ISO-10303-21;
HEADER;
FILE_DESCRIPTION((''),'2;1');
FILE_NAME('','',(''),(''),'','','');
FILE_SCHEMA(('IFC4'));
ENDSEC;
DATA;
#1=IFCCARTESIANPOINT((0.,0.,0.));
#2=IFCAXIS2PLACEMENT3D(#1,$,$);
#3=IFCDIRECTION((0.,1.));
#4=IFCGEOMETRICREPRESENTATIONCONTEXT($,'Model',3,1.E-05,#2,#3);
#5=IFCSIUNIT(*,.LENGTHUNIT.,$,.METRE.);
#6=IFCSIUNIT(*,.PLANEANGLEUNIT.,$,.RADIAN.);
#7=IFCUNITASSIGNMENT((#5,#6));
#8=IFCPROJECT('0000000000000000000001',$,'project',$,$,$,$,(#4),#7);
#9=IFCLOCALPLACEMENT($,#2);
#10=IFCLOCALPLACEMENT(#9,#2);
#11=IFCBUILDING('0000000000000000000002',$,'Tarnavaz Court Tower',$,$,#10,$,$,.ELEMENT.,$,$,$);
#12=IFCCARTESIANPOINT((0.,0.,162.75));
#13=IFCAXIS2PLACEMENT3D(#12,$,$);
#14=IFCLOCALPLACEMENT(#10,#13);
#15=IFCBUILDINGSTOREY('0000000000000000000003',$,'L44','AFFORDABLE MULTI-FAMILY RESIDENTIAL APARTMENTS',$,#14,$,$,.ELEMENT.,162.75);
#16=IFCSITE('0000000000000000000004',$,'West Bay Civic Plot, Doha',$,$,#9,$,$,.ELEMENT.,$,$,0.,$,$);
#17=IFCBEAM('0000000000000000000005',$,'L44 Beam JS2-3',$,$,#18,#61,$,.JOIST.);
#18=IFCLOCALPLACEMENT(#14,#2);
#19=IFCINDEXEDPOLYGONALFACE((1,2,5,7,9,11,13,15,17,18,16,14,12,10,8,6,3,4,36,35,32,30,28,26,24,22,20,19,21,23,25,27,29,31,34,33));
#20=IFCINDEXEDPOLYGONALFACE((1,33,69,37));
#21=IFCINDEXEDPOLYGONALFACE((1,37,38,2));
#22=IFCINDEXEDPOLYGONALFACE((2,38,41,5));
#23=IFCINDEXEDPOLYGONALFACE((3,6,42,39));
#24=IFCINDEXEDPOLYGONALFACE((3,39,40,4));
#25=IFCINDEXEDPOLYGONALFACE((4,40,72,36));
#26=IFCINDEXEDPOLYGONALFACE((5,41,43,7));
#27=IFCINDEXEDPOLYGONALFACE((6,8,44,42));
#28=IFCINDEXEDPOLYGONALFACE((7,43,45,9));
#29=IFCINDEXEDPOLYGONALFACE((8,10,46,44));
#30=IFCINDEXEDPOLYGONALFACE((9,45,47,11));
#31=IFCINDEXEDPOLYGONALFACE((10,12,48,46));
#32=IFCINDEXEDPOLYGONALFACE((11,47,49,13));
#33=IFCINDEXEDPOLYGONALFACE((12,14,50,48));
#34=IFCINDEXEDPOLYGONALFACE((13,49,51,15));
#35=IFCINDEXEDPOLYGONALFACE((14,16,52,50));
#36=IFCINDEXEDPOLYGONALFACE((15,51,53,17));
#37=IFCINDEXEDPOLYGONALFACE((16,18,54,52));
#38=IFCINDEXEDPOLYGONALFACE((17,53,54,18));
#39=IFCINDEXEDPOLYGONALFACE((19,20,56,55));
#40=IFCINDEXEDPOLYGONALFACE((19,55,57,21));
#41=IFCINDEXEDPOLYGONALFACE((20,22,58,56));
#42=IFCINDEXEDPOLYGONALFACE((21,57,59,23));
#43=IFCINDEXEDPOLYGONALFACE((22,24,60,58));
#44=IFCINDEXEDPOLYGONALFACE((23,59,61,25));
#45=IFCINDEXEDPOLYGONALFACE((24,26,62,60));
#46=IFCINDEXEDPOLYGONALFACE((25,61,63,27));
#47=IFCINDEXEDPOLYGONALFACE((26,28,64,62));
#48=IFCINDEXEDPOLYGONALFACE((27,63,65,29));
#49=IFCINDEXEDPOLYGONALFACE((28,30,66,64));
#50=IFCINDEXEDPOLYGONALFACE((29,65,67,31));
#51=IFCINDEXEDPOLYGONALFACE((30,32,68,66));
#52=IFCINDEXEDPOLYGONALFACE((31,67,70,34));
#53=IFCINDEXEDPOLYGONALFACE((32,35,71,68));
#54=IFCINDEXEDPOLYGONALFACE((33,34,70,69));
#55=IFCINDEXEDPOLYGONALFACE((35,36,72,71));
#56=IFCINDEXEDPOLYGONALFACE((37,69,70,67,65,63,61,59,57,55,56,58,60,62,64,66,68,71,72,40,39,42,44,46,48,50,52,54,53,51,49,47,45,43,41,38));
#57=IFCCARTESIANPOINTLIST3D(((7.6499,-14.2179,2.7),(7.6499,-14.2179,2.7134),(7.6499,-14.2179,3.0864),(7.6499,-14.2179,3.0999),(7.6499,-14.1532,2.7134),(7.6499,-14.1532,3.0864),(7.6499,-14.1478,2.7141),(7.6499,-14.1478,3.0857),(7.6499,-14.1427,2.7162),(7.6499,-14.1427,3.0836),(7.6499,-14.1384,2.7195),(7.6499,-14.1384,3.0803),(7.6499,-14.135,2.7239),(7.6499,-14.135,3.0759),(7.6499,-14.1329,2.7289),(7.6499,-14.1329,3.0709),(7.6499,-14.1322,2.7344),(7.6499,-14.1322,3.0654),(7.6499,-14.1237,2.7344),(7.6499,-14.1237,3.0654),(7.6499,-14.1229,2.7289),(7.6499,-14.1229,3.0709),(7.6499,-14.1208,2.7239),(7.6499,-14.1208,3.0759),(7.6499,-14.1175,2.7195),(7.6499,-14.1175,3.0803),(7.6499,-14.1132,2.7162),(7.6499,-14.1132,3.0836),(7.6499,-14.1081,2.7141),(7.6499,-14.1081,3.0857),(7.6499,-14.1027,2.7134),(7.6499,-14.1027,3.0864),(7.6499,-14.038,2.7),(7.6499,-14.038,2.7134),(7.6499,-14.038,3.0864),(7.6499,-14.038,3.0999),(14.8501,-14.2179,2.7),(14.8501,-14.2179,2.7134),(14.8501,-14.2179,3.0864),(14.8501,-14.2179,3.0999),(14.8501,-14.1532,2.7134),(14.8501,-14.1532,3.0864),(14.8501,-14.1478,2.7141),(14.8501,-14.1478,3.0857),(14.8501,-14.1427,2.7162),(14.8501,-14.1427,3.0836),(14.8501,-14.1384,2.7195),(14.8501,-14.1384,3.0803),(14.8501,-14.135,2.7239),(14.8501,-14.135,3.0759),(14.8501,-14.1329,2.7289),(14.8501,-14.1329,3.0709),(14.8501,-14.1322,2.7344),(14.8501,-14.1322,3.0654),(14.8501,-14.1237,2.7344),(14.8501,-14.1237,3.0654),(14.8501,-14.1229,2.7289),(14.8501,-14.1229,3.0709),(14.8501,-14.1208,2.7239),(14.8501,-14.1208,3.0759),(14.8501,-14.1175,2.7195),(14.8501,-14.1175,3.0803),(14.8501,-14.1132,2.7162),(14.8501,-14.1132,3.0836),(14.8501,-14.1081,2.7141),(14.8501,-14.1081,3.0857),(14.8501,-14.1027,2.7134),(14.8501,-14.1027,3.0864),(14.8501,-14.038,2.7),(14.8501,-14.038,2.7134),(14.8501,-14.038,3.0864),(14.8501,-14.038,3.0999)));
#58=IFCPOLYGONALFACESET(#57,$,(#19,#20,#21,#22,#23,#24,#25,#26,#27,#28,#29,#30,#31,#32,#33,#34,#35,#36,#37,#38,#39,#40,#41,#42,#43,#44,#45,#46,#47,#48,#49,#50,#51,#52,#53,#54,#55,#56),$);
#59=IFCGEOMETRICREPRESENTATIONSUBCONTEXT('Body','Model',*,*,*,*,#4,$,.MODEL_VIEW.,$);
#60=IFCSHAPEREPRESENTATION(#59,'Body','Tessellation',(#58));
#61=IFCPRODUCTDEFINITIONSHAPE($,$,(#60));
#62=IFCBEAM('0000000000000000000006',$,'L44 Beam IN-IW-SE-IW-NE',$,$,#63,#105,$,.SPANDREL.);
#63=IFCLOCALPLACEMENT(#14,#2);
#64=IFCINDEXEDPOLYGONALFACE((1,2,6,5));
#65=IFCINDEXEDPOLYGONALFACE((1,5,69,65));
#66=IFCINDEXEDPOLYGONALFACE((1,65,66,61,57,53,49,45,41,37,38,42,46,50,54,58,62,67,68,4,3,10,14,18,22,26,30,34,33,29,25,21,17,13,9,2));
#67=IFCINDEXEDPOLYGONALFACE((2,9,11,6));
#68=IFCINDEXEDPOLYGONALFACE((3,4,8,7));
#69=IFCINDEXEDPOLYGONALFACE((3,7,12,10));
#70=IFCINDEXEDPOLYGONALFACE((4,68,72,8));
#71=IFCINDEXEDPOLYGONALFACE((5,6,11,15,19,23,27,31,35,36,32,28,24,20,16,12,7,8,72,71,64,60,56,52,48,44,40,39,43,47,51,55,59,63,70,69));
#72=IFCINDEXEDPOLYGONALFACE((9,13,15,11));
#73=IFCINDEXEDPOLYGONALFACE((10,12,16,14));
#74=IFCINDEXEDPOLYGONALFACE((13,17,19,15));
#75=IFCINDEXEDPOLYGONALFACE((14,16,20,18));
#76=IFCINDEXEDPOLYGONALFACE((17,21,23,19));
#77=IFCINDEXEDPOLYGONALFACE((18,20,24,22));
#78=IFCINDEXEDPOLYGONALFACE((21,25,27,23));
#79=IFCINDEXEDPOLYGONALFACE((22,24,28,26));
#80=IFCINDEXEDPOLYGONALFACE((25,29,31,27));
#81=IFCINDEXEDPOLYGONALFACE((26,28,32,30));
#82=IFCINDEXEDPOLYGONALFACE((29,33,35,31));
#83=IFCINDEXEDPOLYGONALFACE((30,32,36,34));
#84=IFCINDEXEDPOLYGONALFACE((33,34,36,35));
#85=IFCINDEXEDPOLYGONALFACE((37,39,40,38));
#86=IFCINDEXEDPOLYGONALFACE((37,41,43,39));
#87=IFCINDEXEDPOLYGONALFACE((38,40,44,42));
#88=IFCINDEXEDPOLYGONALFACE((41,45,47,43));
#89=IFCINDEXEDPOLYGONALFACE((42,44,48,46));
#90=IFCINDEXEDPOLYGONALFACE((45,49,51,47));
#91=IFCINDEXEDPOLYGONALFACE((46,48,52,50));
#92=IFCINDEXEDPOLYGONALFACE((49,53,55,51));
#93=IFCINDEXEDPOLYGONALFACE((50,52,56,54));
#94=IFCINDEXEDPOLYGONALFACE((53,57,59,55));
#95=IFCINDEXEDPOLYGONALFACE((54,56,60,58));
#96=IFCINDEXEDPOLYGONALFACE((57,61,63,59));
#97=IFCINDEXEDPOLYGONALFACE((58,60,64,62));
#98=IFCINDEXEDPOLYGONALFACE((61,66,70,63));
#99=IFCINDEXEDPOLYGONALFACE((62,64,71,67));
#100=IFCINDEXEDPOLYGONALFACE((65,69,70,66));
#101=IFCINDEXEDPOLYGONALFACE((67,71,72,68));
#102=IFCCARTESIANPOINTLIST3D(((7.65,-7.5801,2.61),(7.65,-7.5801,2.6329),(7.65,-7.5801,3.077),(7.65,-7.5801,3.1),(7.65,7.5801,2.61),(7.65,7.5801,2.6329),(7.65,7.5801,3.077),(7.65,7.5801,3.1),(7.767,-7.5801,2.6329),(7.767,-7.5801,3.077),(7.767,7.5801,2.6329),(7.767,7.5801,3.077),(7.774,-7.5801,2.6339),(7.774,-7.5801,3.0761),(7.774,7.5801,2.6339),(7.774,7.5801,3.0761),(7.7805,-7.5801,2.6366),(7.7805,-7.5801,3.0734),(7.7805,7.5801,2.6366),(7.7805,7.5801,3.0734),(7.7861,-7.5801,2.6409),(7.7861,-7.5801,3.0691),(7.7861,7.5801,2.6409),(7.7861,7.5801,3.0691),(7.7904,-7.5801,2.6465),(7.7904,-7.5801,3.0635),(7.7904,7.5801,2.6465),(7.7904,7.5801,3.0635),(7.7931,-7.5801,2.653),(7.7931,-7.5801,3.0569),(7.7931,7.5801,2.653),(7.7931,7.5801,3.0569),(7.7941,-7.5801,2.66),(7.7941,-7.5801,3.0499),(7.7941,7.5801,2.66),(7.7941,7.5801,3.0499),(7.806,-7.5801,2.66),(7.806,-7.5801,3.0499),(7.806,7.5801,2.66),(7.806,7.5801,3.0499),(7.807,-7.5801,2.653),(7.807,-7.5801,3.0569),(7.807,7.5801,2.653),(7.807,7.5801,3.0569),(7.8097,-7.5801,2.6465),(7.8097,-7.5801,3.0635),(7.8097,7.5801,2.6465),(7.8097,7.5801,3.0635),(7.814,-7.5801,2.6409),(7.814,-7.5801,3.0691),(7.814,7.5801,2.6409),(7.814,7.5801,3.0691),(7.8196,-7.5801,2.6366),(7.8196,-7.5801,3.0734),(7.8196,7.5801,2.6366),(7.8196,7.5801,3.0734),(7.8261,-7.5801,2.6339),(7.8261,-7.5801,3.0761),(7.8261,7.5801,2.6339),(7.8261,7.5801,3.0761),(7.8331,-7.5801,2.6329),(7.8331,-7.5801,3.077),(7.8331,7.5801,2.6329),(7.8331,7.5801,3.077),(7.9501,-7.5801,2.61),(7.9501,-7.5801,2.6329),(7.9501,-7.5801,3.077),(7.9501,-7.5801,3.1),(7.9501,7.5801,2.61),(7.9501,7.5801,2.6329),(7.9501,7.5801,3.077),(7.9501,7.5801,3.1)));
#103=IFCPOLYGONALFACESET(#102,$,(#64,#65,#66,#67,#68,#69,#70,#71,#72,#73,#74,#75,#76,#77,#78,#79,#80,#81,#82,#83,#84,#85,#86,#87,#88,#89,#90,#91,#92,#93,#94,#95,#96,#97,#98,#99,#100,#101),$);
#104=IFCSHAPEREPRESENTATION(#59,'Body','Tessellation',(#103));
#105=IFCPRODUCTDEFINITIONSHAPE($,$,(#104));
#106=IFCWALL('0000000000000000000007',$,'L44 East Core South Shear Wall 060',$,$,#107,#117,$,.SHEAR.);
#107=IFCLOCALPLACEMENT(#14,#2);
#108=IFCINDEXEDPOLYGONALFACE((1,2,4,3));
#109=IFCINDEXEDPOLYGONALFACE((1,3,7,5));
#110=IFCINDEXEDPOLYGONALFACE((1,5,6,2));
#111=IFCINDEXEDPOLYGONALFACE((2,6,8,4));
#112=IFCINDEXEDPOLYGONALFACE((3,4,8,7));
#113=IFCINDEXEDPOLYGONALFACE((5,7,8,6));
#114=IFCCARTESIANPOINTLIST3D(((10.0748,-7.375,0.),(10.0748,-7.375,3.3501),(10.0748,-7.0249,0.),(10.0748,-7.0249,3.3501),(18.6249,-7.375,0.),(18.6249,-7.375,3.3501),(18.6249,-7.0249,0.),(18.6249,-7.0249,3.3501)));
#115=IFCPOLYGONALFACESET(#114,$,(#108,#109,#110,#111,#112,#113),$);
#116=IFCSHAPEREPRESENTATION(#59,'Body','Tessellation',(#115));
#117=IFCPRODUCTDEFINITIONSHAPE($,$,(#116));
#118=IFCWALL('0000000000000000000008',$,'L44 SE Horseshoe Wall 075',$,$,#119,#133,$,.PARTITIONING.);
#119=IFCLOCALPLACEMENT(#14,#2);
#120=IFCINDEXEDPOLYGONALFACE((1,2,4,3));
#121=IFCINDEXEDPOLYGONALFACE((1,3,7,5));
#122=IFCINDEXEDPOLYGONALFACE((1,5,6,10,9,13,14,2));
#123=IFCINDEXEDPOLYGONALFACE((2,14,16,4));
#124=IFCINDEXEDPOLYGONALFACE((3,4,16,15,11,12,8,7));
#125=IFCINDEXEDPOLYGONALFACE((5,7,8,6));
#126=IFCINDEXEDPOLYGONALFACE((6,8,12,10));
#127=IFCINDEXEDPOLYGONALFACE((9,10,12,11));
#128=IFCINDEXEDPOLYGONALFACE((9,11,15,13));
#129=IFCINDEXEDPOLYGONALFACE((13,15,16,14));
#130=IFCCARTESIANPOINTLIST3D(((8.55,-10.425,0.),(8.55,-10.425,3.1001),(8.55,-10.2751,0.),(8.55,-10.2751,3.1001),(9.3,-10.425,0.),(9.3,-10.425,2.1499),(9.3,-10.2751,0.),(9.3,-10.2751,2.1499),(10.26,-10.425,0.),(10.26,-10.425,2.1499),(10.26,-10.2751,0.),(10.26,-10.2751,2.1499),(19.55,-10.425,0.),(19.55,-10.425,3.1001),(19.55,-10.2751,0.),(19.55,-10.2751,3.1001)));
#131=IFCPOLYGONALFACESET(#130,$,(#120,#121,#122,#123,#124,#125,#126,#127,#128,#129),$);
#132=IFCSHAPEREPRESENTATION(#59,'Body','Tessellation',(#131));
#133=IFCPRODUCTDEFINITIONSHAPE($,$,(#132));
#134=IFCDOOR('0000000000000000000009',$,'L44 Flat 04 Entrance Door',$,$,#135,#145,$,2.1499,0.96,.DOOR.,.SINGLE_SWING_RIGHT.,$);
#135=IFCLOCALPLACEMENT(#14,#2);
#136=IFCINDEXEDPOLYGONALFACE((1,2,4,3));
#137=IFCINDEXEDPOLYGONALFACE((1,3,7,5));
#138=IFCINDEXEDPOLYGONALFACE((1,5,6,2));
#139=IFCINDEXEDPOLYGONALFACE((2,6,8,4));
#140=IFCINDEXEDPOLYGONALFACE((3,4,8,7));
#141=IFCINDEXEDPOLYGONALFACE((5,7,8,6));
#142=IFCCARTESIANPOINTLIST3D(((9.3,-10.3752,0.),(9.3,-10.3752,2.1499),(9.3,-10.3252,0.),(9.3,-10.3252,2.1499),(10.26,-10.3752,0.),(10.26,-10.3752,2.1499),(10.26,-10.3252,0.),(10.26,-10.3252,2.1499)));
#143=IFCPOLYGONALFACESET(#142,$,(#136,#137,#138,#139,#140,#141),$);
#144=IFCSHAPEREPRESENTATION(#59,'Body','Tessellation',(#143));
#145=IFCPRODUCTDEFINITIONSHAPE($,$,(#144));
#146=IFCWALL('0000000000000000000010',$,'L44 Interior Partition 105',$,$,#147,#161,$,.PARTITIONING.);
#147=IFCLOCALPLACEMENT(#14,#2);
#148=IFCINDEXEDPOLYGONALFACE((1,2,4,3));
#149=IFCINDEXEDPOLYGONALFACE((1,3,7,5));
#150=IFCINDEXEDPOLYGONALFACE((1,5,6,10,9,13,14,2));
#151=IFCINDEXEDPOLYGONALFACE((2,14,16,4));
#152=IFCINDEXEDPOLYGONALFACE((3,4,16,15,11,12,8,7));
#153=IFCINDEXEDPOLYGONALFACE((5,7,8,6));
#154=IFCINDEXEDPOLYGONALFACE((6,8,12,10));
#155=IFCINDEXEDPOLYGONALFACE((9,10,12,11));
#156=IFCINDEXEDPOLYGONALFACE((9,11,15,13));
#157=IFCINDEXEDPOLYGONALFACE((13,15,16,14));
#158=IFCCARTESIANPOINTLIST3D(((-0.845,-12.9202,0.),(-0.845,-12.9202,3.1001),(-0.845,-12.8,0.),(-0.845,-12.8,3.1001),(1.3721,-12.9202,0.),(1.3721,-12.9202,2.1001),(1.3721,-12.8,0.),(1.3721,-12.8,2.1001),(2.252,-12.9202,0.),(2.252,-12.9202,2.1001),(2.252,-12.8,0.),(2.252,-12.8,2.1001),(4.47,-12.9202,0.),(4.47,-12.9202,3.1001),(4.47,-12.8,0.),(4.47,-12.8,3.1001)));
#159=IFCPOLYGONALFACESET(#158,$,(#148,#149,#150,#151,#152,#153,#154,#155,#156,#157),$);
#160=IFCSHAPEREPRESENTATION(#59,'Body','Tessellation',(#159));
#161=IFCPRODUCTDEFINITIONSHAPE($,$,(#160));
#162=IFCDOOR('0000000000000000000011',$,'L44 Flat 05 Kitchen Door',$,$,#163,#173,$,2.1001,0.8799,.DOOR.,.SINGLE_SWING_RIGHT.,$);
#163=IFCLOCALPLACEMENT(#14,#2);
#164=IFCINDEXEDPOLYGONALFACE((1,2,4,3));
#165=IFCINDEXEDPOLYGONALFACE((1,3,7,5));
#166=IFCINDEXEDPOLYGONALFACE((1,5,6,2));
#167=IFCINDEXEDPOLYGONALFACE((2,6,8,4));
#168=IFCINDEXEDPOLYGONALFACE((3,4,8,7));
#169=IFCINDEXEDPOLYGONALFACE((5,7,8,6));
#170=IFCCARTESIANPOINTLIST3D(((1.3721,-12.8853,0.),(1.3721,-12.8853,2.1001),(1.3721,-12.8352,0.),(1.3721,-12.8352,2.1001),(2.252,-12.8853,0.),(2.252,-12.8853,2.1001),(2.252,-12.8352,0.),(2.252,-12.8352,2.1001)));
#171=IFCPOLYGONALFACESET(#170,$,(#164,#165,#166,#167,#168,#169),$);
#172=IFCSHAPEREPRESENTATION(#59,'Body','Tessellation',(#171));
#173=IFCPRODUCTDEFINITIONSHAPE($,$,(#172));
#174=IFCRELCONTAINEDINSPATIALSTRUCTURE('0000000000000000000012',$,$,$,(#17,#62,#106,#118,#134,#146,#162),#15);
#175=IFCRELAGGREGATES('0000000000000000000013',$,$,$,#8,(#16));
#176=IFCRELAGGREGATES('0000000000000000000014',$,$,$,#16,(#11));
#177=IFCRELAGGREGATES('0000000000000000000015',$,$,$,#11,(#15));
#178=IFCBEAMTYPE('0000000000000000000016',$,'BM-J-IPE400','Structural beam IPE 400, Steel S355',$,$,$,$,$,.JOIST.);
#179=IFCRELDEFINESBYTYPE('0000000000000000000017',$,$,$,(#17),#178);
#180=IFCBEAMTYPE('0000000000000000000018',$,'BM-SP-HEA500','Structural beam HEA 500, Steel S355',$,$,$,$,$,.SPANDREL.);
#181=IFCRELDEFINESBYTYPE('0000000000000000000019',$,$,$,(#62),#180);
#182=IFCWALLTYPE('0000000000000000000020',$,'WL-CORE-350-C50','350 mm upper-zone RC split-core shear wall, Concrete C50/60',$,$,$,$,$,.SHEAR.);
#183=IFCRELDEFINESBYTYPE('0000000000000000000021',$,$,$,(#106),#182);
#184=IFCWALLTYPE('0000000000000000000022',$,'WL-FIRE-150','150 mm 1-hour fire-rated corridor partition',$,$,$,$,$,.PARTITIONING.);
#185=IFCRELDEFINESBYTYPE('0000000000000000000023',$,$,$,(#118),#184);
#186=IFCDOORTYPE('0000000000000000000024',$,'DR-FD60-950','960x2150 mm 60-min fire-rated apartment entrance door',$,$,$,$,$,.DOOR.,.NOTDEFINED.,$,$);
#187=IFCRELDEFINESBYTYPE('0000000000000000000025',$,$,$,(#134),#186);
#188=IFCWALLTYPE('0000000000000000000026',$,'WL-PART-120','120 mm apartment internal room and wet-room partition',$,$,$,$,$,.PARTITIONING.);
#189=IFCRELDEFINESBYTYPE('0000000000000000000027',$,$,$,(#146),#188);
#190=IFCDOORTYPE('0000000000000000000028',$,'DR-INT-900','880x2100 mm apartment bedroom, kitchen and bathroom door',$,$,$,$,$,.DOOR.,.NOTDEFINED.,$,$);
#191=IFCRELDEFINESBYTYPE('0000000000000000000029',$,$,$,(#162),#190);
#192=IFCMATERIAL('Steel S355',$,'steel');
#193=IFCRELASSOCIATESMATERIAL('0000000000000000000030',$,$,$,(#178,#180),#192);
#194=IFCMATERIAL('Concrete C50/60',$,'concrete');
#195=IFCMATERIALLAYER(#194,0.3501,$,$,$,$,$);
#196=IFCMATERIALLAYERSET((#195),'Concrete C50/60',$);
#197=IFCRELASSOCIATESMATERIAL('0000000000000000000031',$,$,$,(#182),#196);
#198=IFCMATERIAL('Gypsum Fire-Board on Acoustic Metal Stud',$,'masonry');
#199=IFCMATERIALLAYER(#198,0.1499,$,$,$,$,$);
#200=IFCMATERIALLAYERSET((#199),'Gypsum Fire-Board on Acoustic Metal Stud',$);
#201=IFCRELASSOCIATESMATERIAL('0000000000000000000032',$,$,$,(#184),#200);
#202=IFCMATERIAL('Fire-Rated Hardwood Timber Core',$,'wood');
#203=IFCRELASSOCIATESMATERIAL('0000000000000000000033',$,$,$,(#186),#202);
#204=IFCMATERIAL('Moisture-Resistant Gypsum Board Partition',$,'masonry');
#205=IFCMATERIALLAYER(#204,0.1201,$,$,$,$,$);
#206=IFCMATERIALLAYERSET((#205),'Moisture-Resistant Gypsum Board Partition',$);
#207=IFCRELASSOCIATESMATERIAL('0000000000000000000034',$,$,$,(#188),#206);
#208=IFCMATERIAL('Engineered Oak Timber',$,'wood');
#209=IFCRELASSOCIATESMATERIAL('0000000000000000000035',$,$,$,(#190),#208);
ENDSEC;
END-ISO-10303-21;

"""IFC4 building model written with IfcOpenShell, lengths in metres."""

from ifc_helpers import new_model, si_unit, direction, frame, frame_2d, origin, origin_2d, place, context, subcontext, project, spatial, rectangle, i_section, extrude, material, layer, layer_set, material_profile, profile_set, type_object, element, fill, save


model = new_model("IFC4")

# Units and contexts
model_context = context("Model", 3, precision=1e-05, world=origin(), true_north=direction((0.0, 1.0)))
body_context = subcontext(model_context, "Body", "Model", "MODEL_VIEW")
ifc_project = project(units=[si_unit("LENGTHUNIT", "METRE"), si_unit("PLANEANGLEUNIT", "RADIAN")], contexts=[model_context])

# Site, building, storey
site_placement = place(None, origin())
site = spatial("IfcSite", under=ifc_project, at=site_placement, Name="West Bay Civic Plot, Doha", CompositionType="ELEMENT", RefElevation=0.0)
building_placement = place(site_placement, origin())
building = spatial("IfcBuilding", under=site, at=building_placement, Name="Tarnavaz Court Tower", CompositionType="ELEMENT")
storey_placement = place(building_placement, frame((0.0, 0.0, 162.75)))
storey = spatial("IfcBuildingStorey", under=building, at=storey_placement, Name="L44", Description="AFFORDABLE MULTI-FAMILY RESIDENTIAL APARTMENTS", CompositionType="ELEMENT", Elevation=162.75)

# Beams
ifc_material_1 = material(Name="Steel S355", Category="steel")
ifc_material_profile_1 = material_profile(ifc_material_1, i_section(OverallWidth=0.1799, OverallDepth=0.3999, WebThickness=0.0085, FlangeThickness=0.0134, FilletRadius=0.021, at=origin_2d()), Name="IPE 400")
ifc_profile_set_1 = profile_set([ifc_material_profile_1], Name="Steel S355")
beam_type_1 = type_object("IfcBeamType", Name="BM-J-IPE400", Description="Structural beam IPE 400, Steel S355", PredefinedType="JOIST", material=ifc_profile_set_1)
for number, where, z_axis, x_axis, name in (
    (1, (7.6499, -14.1279, 2.8999), (1.0, 0.0, 0.0), (0.0, 1.0, 0.0), "L44 Beam JS2-3"),
):
    element("IfcBeam", number, at=place(storey_placement, frame(where, z_axis=z_axis, x_axis=x_axis)), inside=storey, type_object=beam_type_1, Name=name, PredefinedType="JOIST", context=body_context, shape_type="SweptSolid", body=[
        extrude(i_section(OverallWidth=0.1799, OverallDepth=0.3999, WebThickness=0.0085, FlangeThickness=0.0134, FilletRadius=0.021, at=origin_2d()), origin(), (0.0, 0.0, 1.0), 7.2002),
    ])
ifc_material_profile_2 = material_profile(ifc_material_1, i_section(OverallWidth=0.3, OverallDepth=0.49, WebThickness=0.012, FlangeThickness=0.0229, FilletRadius=0.0271, at=origin_2d()), Name="HEA 500")
ifc_profile_set_2 = profile_set([ifc_material_profile_2], Name="Steel S355")
beam_type_2 = type_object("IfcBeamType", Name="BM-SP-HEA500", Description="Structural beam HEA 500, Steel S355", PredefinedType="SPANDREL", material=ifc_profile_set_2)
beam_1_placement = place(storey_placement, frame((7.8, -7.5801, 2.855), z_axis=(0.0, 1.0, 0.0), x_axis=(-1.0, 0.0, 0.0)))
element("IfcBeam", 2, at=beam_1_placement, inside=storey, type_object=beam_type_2, Name="L44 Beam IN-IW-SE-IW-NE", PredefinedType="SPANDREL", context=body_context, shape_type="SweptSolid", body=[
    extrude(i_section(OverallWidth=0.3, OverallDepth=0.49, WebThickness=0.012, FlangeThickness=0.0229, FilletRadius=0.0271, at=origin_2d()), origin(), (0.0, 0.0, 1.0), 15.1602),
])

# Wall
ifc_material_2 = material(Name="Concrete C50/60", Category="concrete")
ifc_layer_1 = layer(ifc_material_2, 0.3501)
ifc_layer_set_1 = layer_set([ifc_layer_1], Name="Concrete C50/60")
wall_type_1 = type_object("IfcWallType", Name="WL-CORE-350-C50", Description="350 mm upper-zone RC split-core shear wall, Concrete C50/60", PredefinedType="SHEAR", material=ifc_layer_set_1)
wall_1_placement = place(storey_placement, frame((10.075, -7.2, 0.0), z_axis=(0.0, 0.0, 1.0), x_axis=(1.0, 0.0, 0.0)))
element("IfcWall", 3, at=wall_1_placement, inside=storey, type_object=wall_type_1, Name="L44 East Core South Shear Wall 060", PredefinedType="SHEAR", context=body_context, shape_type="SweptSolid", body=[
    extrude(rectangle(XDim=8.55, YDim=0.3501, at=frame_2d((4.2749, 0.0))), origin(), (0.0, 0.0, 1.0), 3.3501),
])

# Walls, openings, doors
ifc_material_3 = material(Name="Gypsum Fire-Board on Acoustic Metal Stud", Category="masonry")
ifc_layer_2 = layer(ifc_material_3, 0.1499)
ifc_layer_set_2 = layer_set([ifc_layer_2], Name="Gypsum Fire-Board on Acoustic Metal Stud")
wall_type_2 = type_object("IfcWallType", Name="WL-FIRE-150", Description="150 mm 1-hour fire-rated corridor partition", PredefinedType="PARTITIONING", material=ifc_layer_set_2)
wall_2_placement = place(storey_placement, frame((8.55, -10.3501, 0.0), z_axis=(0.0, 0.0, 1.0), x_axis=(1.0, 0.0, 0.0)))
wall_2 = element("IfcWall", 4, at=wall_2_placement, inside=storey, type_object=wall_type_2, Name="L44 SE Horseshoe Wall 075", PredefinedType="PARTITIONING", context=body_context, shape_type="SweptSolid", body=[
    extrude(rectangle(XDim=11.0, YDim=0.1499, at=frame_2d((5.5, 0.0))), origin(), (0.0, 0.0, 1.0), 3.1001),
])
opening_1_placement = place(wall_2_placement, frame((0.75, 0.0, 0.0)))
opening_1 = element("IfcOpeningElement", 5, at=opening_1_placement, cuts=wall_2, PredefinedType="OPENING", context=body_context, shape_type="SweptSolid", body=[
    extrude(rectangle(XDim=0.96, YDim=2.1499, at=frame_2d((0.48, 1.075))), frame((0.0, 0.085, 0.0), z_axis=(0.0, -1.0, 0.0), x_axis=(1.0, 0.0, 0.0)), (0.0, 0.0, 1.0), 0.1699),
])
ifc_material_4 = material(Name="Fire-Rated Hardwood Timber Core", Category="wood")
door_type_1 = type_object("IfcDoorType", Name="DR-FD60-950", Description="960x2150 mm 60-min fire-rated apartment entrance door", OperationType="NOTDEFINED", PredefinedType="DOOR", material=ifc_material_4)
door_1_placement = place(opening_1_placement, origin())
door_1 = element("IfcDoor", 6, at=door_1_placement, inside=storey, type_object=door_type_1, Name="L44 Flat 04 Entrance Door", OperationType="SINGLE_SWING_RIGHT", OverallHeight=2.1499, OverallWidth=0.96, PredefinedType="DOOR", context=body_context, shape_type="SweptSolid", body=[
    extrude(rectangle(XDim=0.96, YDim=2.1499, at=frame_2d((0.48, 1.075))), frame((0.0, 0.0249, 0.0), z_axis=(0.0, -1.0, 0.0), x_axis=(1.0, 0.0, 0.0)), (0.0, 0.0, 1.0), 0.05),
])
fill(opening_1, door_1)
ifc_material_5 = material(Name="Moisture-Resistant Gypsum Board Partition", Category="masonry")
ifc_layer_3 = layer(ifc_material_5, 0.1201)
ifc_layer_set_3 = layer_set([ifc_layer_3], Name="Moisture-Resistant Gypsum Board Partition")
wall_type_3 = type_object("IfcWallType", Name="WL-PART-120", Description="120 mm apartment internal room and wet-room partition", PredefinedType="PARTITIONING", material=ifc_layer_set_3)
wall_3_placement = place(storey_placement, frame((-0.845, -12.8601, 0.0), z_axis=(0.0, 0.0, 1.0), x_axis=(1.0, 0.0, 0.0)))
wall_3 = element("IfcWall", 7, at=wall_3_placement, inside=storey, type_object=wall_type_3, Name="L44 Interior Partition 105", PredefinedType="PARTITIONING", context=body_context, shape_type="SweptSolid", body=[
    extrude(rectangle(XDim=5.3149, YDim=0.1201, at=frame_2d((2.6575, 0.0))), origin(), (0.0, 0.0, 1.0), 3.1001),
])
opening_2_placement = place(wall_3_placement, frame((2.217, 0.0, 0.0)))
opening_2 = element("IfcOpeningElement", 8, at=opening_2_placement, cuts=wall_3, PredefinedType="OPENING", context=body_context, shape_type="SweptSolid", body=[
    extrude(rectangle(XDim=0.8799, YDim=2.1001, at=frame_2d((0.4399, 1.05))), frame((0.0, 0.0701, 0.0), z_axis=(0.0, -1.0, 0.0), x_axis=(1.0, 0.0, 0.0)), (0.0, 0.0, 1.0), 0.1401),
])
ifc_material_6 = material(Name="Engineered Oak Timber", Category="wood")
door_type_2 = type_object("IfcDoorType", Name="DR-INT-900", Description="880x2100 mm apartment bedroom, kitchen and bathroom door", OperationType="NOTDEFINED", PredefinedType="DOOR", material=ifc_material_6)
door_2_placement = place(opening_2_placement, origin())
door_2 = element("IfcDoor", 9, at=door_2_placement, inside=storey, type_object=door_type_2, Name="L44 Flat 05 Kitchen Door", OperationType="SINGLE_SWING_RIGHT", OverallHeight=2.1001, OverallWidth=0.8799, PredefinedType="DOOR", context=body_context, shape_type="SweptSolid", body=[
    extrude(rectangle(XDim=0.8799, YDim=2.1001, at=frame_2d((0.4399, 1.05))), frame((0.0, 0.0249, 0.0), z_axis=(0.0, -1.0, 0.0), x_axis=(1.0, 0.0, 0.0)), (0.0, 0.0, 1.0), 0.05),
])
fill(opening_2, door_2)

save(model, "model.ifc")
